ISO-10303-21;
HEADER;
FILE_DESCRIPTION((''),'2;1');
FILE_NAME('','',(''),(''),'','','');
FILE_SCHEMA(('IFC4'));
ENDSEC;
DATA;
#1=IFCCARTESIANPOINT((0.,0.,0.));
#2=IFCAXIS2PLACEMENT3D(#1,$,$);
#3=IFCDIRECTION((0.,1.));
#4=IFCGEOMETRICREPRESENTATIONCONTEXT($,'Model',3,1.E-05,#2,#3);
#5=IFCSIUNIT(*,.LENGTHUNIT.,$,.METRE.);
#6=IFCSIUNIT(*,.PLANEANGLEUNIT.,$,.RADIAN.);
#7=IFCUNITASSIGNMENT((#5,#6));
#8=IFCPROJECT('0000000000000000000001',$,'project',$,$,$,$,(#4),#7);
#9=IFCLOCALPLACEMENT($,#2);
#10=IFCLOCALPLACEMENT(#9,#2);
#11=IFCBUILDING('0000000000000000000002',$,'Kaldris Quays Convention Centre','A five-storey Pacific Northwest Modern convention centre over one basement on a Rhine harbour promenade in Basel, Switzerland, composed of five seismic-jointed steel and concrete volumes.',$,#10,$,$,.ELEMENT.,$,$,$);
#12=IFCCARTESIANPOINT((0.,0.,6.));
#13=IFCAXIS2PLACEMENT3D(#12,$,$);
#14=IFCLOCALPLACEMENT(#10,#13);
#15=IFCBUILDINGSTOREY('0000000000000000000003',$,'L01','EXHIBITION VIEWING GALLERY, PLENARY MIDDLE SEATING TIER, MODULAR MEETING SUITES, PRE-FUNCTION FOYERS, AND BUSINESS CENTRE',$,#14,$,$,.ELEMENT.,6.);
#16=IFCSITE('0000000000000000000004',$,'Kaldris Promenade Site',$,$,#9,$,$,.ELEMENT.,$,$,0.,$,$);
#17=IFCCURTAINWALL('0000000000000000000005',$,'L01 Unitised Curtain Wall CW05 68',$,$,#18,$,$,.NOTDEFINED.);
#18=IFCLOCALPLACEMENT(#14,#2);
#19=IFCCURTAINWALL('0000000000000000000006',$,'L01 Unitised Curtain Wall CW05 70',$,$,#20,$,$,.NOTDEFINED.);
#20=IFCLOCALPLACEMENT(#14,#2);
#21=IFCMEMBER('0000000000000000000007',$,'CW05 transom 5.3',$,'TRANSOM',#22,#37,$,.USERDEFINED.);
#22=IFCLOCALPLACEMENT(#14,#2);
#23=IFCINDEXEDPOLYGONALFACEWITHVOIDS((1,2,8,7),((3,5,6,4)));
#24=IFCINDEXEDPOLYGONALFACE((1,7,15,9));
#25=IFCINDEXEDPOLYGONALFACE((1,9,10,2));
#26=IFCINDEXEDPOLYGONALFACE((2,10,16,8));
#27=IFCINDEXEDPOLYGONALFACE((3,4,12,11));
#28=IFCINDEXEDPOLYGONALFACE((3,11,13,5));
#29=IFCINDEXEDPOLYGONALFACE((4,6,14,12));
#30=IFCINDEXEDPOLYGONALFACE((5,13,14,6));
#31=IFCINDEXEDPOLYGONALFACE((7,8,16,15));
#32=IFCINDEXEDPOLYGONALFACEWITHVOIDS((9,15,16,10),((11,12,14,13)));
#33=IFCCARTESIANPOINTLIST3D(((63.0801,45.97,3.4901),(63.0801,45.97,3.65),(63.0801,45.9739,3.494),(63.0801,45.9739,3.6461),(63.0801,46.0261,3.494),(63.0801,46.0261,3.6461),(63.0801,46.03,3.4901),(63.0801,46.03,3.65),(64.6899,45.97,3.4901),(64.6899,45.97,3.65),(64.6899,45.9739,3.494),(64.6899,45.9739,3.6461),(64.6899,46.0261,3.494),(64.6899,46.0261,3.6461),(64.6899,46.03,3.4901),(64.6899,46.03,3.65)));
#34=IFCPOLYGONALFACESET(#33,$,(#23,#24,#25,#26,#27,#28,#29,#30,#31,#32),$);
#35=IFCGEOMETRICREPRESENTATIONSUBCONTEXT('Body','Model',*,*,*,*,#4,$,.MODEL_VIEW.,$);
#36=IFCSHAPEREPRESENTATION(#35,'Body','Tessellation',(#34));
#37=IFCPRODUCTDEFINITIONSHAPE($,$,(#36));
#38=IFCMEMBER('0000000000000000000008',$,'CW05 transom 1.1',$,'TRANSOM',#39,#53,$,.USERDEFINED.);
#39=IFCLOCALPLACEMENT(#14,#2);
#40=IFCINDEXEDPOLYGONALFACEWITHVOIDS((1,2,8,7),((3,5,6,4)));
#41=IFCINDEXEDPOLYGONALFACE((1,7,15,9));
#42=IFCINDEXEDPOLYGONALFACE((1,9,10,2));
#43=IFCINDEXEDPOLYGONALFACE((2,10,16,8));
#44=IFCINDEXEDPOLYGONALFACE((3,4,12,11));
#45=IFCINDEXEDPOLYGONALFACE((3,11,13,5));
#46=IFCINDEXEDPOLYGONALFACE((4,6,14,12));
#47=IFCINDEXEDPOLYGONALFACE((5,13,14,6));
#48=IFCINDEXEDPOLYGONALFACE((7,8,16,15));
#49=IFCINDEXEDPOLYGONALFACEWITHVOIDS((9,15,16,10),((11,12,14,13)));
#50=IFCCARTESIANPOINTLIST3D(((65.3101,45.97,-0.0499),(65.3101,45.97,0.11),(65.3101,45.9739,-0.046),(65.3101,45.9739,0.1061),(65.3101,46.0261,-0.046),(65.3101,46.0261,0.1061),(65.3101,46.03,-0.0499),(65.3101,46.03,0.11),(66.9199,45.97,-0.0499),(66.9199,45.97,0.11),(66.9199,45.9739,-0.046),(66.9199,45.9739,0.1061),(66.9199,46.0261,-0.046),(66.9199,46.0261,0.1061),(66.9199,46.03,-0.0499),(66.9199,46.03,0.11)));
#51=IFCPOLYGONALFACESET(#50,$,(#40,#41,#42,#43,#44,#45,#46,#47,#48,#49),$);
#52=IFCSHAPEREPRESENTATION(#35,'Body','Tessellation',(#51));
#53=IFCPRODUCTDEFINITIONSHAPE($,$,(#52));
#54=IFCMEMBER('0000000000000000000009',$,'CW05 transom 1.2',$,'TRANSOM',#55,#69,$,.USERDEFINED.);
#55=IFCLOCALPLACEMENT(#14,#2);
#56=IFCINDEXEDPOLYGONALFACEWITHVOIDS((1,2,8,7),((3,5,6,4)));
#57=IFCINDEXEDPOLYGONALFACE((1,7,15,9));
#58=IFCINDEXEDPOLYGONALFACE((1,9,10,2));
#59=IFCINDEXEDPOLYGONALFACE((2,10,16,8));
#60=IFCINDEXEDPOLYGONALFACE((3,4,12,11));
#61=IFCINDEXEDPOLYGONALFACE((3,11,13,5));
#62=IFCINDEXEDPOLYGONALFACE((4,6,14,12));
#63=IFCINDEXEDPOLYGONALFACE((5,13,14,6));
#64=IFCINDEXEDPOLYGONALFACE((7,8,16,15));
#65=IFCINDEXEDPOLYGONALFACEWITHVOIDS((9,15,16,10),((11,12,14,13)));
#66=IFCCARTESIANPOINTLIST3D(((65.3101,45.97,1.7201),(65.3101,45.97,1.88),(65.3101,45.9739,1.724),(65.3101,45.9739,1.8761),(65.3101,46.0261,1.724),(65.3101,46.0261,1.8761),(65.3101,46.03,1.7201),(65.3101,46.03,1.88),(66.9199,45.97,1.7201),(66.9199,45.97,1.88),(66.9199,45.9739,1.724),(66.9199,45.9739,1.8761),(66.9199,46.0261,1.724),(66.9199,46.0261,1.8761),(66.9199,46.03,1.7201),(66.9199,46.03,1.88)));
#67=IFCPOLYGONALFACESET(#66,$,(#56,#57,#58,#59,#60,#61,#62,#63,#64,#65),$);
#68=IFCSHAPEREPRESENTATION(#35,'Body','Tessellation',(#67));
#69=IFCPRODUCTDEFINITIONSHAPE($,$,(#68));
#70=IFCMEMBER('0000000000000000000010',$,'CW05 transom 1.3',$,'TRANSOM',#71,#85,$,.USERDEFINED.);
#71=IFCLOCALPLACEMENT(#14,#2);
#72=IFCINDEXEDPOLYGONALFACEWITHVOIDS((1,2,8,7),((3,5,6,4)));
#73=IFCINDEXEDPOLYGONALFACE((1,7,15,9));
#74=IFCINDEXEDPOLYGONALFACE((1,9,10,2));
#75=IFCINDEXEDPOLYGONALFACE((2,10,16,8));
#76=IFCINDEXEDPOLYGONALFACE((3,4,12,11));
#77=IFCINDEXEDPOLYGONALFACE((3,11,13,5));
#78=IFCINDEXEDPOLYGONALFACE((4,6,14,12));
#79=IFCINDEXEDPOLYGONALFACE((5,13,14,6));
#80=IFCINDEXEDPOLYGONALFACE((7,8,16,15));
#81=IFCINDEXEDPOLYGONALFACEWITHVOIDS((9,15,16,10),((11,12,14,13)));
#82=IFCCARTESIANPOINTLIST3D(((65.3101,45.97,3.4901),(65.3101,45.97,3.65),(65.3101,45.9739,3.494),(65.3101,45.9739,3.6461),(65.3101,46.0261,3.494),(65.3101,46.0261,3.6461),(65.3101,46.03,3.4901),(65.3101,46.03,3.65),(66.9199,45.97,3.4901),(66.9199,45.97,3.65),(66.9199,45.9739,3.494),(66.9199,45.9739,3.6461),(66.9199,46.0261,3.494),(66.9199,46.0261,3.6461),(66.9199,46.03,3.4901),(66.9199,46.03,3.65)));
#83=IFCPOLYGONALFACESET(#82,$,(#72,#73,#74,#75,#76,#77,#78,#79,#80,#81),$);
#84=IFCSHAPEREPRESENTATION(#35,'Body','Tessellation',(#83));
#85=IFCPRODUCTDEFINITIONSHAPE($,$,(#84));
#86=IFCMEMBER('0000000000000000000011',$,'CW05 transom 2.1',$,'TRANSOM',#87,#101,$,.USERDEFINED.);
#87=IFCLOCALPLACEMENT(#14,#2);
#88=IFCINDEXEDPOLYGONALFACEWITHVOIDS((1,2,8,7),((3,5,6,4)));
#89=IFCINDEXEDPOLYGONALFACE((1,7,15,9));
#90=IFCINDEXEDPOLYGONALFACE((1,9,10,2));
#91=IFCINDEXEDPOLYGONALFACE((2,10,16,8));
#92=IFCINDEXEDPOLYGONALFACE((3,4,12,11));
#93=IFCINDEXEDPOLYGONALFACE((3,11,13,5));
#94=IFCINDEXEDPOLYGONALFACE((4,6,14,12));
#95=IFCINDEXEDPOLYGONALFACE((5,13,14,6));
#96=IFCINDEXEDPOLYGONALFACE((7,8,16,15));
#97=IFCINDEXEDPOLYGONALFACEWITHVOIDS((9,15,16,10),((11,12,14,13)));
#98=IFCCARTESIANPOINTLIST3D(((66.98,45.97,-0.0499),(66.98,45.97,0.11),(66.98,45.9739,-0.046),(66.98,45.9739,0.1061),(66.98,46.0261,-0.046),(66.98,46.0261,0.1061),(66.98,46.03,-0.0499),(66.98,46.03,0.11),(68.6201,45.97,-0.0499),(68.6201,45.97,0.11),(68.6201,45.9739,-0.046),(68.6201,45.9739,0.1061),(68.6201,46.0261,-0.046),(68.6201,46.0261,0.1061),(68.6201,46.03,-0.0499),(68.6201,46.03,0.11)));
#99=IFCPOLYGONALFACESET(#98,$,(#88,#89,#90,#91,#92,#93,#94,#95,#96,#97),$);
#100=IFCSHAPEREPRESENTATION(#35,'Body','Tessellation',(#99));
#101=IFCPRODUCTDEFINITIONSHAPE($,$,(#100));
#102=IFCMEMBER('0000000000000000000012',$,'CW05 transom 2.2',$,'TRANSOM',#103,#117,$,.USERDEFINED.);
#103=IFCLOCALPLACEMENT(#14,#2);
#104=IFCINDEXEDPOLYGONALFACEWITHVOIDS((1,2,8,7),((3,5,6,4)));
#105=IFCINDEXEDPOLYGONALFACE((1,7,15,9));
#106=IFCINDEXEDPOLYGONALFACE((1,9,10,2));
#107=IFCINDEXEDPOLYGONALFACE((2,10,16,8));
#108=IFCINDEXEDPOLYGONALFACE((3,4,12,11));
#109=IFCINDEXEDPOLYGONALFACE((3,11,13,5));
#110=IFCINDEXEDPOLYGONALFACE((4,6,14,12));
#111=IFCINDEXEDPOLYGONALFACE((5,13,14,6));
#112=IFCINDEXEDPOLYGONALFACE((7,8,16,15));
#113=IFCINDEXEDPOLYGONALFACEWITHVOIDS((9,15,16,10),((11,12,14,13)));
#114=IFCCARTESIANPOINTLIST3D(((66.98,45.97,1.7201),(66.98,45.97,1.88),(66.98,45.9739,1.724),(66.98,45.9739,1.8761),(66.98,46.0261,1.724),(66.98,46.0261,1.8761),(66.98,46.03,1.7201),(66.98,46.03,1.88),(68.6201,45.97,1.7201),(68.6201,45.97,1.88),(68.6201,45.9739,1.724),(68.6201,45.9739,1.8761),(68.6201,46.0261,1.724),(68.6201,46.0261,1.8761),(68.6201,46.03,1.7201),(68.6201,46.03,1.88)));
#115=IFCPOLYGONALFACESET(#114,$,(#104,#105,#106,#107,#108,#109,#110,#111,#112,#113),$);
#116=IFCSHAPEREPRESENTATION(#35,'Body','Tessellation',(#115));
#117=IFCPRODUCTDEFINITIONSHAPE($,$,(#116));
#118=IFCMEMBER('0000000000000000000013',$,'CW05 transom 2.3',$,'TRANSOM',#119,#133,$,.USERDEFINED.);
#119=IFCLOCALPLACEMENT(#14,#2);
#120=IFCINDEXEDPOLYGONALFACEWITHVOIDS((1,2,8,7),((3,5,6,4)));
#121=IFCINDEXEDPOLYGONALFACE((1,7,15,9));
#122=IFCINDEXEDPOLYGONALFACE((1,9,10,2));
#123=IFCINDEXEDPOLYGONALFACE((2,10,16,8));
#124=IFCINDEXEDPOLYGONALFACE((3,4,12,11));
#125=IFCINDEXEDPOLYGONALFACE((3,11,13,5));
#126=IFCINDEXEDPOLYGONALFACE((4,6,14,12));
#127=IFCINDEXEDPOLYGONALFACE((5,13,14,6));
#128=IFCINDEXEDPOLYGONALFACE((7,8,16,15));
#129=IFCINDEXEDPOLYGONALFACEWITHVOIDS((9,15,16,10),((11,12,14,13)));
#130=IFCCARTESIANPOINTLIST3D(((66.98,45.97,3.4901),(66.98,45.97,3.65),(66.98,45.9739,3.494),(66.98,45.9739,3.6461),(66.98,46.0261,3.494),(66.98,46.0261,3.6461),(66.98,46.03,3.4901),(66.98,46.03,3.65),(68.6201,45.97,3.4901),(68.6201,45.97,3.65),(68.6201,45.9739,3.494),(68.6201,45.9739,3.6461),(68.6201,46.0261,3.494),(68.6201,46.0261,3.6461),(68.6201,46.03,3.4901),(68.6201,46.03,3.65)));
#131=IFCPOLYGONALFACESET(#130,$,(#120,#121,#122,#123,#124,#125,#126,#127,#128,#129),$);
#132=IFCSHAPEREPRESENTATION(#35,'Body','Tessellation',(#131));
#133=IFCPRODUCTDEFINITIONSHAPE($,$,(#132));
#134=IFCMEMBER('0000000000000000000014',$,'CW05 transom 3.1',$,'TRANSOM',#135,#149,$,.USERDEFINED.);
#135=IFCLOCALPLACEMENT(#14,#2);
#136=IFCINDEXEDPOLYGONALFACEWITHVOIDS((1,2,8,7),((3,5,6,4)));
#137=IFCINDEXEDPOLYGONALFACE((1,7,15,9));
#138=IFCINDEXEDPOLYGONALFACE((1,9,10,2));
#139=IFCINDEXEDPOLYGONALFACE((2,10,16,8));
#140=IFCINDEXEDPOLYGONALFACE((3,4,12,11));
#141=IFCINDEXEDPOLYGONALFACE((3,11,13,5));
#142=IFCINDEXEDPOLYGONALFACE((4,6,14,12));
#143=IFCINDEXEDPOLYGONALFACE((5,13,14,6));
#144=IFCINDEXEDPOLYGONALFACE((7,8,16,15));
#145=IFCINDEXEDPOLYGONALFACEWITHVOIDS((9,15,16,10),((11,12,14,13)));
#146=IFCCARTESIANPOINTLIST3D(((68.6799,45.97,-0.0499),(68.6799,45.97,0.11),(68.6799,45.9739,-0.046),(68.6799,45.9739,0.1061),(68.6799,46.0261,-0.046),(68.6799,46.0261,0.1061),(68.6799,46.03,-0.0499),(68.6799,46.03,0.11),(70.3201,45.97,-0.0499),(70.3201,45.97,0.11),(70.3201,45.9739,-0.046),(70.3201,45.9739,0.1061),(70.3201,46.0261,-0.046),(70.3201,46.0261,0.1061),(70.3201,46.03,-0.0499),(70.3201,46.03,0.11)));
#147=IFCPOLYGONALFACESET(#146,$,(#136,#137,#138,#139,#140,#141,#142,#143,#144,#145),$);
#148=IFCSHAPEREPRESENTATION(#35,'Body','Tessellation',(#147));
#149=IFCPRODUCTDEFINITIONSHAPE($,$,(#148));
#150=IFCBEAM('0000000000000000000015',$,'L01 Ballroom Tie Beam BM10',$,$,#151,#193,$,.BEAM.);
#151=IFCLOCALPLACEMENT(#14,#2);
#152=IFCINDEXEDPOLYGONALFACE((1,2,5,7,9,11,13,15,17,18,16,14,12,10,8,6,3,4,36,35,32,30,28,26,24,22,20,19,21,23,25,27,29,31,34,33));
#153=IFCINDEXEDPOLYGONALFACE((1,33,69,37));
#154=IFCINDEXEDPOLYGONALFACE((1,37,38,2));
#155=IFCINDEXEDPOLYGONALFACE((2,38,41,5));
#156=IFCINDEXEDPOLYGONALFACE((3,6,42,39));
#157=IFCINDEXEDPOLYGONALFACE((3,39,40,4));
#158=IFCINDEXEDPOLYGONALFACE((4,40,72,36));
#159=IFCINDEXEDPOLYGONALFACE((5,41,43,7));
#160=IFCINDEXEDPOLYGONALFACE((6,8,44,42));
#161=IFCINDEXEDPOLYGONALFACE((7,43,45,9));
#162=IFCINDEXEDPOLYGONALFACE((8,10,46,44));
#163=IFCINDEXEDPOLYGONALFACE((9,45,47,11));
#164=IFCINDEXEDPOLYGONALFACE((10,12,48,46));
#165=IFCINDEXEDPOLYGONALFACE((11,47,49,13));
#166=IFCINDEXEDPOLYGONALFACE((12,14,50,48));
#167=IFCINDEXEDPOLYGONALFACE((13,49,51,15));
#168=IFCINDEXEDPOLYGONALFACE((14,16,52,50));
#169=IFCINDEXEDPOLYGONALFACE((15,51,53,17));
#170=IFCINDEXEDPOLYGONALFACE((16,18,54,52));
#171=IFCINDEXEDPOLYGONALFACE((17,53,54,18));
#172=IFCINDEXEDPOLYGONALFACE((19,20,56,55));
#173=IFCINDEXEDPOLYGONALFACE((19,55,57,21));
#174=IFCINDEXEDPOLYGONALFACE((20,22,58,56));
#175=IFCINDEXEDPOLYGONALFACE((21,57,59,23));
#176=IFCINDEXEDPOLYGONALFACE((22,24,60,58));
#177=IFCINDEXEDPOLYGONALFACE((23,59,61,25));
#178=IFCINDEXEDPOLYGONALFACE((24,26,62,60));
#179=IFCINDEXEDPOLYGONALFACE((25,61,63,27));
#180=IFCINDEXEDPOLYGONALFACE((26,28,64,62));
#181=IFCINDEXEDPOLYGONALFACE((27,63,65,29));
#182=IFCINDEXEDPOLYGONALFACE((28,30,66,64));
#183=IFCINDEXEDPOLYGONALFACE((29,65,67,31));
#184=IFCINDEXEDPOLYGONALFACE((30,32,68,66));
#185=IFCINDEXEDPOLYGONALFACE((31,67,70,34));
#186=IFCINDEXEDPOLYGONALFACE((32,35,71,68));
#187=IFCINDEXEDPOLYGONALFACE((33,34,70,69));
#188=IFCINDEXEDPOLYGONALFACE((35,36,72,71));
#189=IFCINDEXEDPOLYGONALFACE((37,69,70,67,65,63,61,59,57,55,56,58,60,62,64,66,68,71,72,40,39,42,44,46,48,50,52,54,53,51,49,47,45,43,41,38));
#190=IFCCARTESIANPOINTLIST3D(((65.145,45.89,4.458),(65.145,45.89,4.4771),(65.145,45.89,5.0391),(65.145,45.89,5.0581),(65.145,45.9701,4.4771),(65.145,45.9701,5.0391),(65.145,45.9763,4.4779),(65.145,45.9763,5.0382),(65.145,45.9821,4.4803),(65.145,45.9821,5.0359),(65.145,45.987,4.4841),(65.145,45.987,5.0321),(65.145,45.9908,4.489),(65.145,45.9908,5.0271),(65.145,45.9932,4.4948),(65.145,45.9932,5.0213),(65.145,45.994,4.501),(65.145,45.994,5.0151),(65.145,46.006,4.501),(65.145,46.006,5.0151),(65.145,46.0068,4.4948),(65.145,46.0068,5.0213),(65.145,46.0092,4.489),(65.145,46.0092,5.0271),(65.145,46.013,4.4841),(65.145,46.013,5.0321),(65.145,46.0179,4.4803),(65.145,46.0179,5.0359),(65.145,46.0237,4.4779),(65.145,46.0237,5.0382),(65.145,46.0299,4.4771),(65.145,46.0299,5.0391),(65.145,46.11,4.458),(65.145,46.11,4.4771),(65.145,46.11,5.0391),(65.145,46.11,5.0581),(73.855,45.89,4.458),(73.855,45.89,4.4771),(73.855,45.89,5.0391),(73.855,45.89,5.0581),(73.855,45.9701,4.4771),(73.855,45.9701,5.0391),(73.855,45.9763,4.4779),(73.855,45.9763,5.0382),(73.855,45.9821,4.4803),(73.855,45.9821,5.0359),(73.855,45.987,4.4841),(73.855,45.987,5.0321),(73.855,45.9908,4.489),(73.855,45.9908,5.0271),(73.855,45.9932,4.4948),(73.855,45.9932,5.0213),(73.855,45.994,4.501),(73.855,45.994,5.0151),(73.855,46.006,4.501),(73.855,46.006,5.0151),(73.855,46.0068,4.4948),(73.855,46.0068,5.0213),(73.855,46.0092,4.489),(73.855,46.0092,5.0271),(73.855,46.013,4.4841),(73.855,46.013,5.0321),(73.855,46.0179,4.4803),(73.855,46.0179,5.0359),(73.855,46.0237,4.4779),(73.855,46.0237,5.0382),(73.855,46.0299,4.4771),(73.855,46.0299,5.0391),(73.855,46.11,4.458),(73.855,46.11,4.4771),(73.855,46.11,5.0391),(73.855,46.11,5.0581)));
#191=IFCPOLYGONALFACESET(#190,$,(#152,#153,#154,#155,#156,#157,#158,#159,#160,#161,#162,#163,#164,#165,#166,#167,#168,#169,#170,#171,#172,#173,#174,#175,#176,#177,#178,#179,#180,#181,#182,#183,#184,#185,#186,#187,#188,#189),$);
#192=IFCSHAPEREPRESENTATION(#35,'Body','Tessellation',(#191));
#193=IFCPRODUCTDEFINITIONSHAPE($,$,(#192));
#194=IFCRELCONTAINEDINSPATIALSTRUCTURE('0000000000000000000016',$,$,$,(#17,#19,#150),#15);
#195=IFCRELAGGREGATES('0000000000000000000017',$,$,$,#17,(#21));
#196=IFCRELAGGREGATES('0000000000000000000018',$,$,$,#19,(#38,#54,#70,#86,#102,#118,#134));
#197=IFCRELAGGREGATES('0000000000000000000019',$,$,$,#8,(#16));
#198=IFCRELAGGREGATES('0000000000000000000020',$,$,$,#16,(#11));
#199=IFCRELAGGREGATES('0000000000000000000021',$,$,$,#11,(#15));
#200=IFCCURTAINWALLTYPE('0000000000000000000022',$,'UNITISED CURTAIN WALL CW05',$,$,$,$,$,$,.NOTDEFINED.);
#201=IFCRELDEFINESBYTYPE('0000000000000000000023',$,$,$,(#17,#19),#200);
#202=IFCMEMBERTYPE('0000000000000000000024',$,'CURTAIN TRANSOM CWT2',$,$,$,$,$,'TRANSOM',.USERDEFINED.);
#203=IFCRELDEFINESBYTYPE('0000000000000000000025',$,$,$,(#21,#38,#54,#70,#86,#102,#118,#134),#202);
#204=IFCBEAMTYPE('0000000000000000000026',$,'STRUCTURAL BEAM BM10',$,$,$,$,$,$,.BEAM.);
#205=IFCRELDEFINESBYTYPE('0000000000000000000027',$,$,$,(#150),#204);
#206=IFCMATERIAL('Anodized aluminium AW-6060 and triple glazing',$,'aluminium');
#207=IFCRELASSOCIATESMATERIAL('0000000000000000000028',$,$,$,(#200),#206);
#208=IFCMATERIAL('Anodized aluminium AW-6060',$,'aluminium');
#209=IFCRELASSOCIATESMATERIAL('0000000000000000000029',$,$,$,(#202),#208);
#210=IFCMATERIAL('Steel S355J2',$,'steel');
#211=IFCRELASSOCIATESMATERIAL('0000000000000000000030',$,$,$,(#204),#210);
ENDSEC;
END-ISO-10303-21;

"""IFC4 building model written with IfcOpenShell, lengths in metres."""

from ifc_helpers import new_model, si_unit, direction, frame, origin, origin_2d, place, context, subcontext, project, spatial, hollow_rectangle, i_section, extrude, material, material_profile, profile_set, type_object, element, aggregate, save


model = new_model("IFC4")

# Units and contexts
model_context = context("Model", 3, precision=1e-05, world=origin(), true_north=direction((0.0, 1.0)))
body_context = subcontext(model_context, "Body", "Model", "MODEL_VIEW")
ifc_project = project(units=[si_unit("LENGTHUNIT", "METRE"), si_unit("PLANEANGLEUNIT", "RADIAN")], contexts=[model_context])

# Site, building, storey
site_placement = place(None, origin())
site = spatial("IfcSite", under=ifc_project, at=site_placement, Name="Kaldris Promenade Site", CompositionType="ELEMENT", RefElevation=0.0)
building_placement = place(site_placement, origin())
building = spatial("IfcBuilding", under=site, at=building_placement, Name="Kaldris Quays Convention Centre", Description="A five-storey Pacific Northwest Modern convention centre over one basement on a Rhine harbour promenade in Basel, Switzerland, composed of five seismic-jointed steel and concrete volumes.", CompositionType="ELEMENT")
storey_placement = place(building_placement, frame((0.0, 0.0, 6.0)))
storey = spatial("IfcBuildingStorey", under=building, at=storey_placement, Name="L01", Description="EXHIBITION VIEWING GALLERY, PLENARY MIDDLE SEATING TIER, MODULAR MEETING SUITES, PRE-FUNCTION FOYERS, AND BUSINESS CENTRE", CompositionType="ELEMENT", Elevation=6.0)

# Curtain walls
ifc_material_1 = material(Name="Anodized aluminium AW-6060 and triple glazing", Category="aluminium")
curtain_wall_type = type_object("IfcCurtainWallType", Name="UNITISED CURTAIN WALL CW05", PredefinedType="NOTDEFINED", material=ifc_material_1)
curtain_wall_1_placement = place(storey_placement, origin())
curtain_wall_1 = element("IfcCurtainWall", 1, at=curtain_wall_1_placement, inside=storey, type_object=curtain_wall_type, Name="L01 Unitised Curtain Wall CW05 68", PredefinedType="NOTDEFINED")
ifc_material_2 = material(Name="Anodized aluminium AW-6060", Category="aluminium")
curtain_wall_2_placement = place(storey_placement, origin())
curtain_wall_2 = element("IfcCurtainWall", 2, at=curtain_wall_2_placement, inside=storey, type_object=curtain_wall_type, Name="L01 Unitised Curtain Wall CW05 70", PredefinedType="NOTDEFINED")

# Members
ifc_material_profile_1 = material_profile(ifc_material_2, hollow_rectangle(XDim=0.0601, YDim=0.1599, WallThickness=0.0039, at=origin_2d()), Name="RHS 160x60x4")
ifc_profile_set_1 = profile_set([ifc_material_profile_1], Name="Anodized aluminium AW-6060")
member_type_1 = type_object("IfcMemberType", Name="CURTAIN TRANSOM CWT2", ElementType="TRANSOM", PredefinedType="USERDEFINED", material=ifc_profile_set_1)
member_1_placement = place(storey_placement, frame((63.0801, 46.0, 3.5701), z_axis=(1.0, 0.0, 0.0), x_axis=(0.0, 1.0, 0.0)))
member_1 = element("IfcMember", 3, at=member_1_placement, type_object=member_type_1, Name="CW05 transom 5.3", ObjectType="TRANSOM", PredefinedType="USERDEFINED", context=body_context, shape_type="SweptSolid", body=[
    extrude(hollow_rectangle(XDim=0.0601, YDim=0.1599, WallThickness=0.0039, at=origin_2d()), origin(), (0.0, 0.0, 1.0), 1.6099),
])
member_2_placement = place(storey_placement, frame((65.3101, 46.0, 0.03), z_axis=(1.0, 0.0, 0.0), x_axis=(0.0, 1.0, 0.0)))
member_2 = element("IfcMember", 4, at=member_2_placement, type_object=member_type_1, Name="CW05 transom 1.1", ObjectType="TRANSOM", PredefinedType="USERDEFINED", context=body_context, shape_type="SweptSolid", body=[
    extrude(hollow_rectangle(XDim=0.0601, YDim=0.1599, WallThickness=0.0039, at=origin_2d()), origin(), (0.0, 0.0, 1.0), 1.6099),
])
member_3_placement = place(storey_placement, frame((65.3101, 46.0, 1.8), z_axis=(1.0, 0.0, 0.0), x_axis=(0.0, 1.0, 0.0)))
member_3 = element("IfcMember", 5, at=member_3_placement, type_object=member_type_1, Name="CW05 transom 1.2", ObjectType="TRANSOM", PredefinedType="USERDEFINED", context=body_context, shape_type="SweptSolid", body=[
    extrude(hollow_rectangle(XDim=0.0601, YDim=0.1599, WallThickness=0.0039, at=origin_2d()), origin(), (0.0, 0.0, 1.0), 1.6099),
])
member_4_placement = place(storey_placement, frame((65.3101, 46.0, 3.5701), z_axis=(1.0, 0.0, 0.0), x_axis=(0.0, 1.0, 0.0)))
member_4 = element("IfcMember", 6, at=member_4_placement, type_object=member_type_1, Name="CW05 transom 1.3", ObjectType="TRANSOM", PredefinedType="USERDEFINED", context=body_context, shape_type="SweptSolid", body=[
    extrude(hollow_rectangle(XDim=0.0601, YDim=0.1599, WallThickness=0.0039, at=origin_2d()), origin(), (0.0, 0.0, 1.0), 1.6099),
])
member_5_placement = place(storey_placement, frame((66.98, 46.0, 0.03), z_axis=(1.0, 0.0, 0.0), x_axis=(0.0, 1.0, 0.0)))
member_5 = element("IfcMember", 7, at=member_5_placement, type_object=member_type_1, Name="CW05 transom 2.1", ObjectType="TRANSOM", PredefinedType="USERDEFINED", context=body_context, shape_type="SweptSolid", body=[
    extrude(hollow_rectangle(XDim=0.0601, YDim=0.1599, WallThickness=0.0039, at=origin_2d()), origin(), (0.0, 0.0, 1.0), 1.6401),
])
member_6_placement = place(storey_placement, frame((66.98, 46.0, 1.8), z_axis=(1.0, 0.0, 0.0), x_axis=(0.0, 1.0, 0.0)))
member_6 = element("IfcMember", 8, at=member_6_placement, type_object=member_type_1, Name="CW05 transom 2.2", ObjectType="TRANSOM", PredefinedType="USERDEFINED", context=body_context, shape_type="SweptSolid", body=[
    extrude(hollow_rectangle(XDim=0.0601, YDim=0.1599, WallThickness=0.0039, at=origin_2d()), origin(), (0.0, 0.0, 1.0), 1.6401),
])
member_7_placement = place(storey_placement, frame((66.98, 46.0, 3.5701), z_axis=(1.0, 0.0, 0.0), x_axis=(0.0, 1.0, 0.0)))
member_7 = element("IfcMember", 9, at=member_7_placement, type_object=member_type_1, Name="CW05 transom 2.3", ObjectType="TRANSOM", PredefinedType="USERDEFINED", context=body_context, shape_type="SweptSolid", body=[
    extrude(hollow_rectangle(XDim=0.0601, YDim=0.1599, WallThickness=0.0039, at=origin_2d()), origin(), (0.0, 0.0, 1.0), 1.6401),
])
member_8_placement = place(storey_placement, frame((68.6799, 46.0, 0.03), z_axis=(1.0, 0.0, 0.0), x_axis=(0.0, 1.0, 0.0)))
member_8 = element("IfcMember", 10, at=member_8_placement, type_object=member_type_1, Name="CW05 transom 3.1", ObjectType="TRANSOM", PredefinedType="USERDEFINED", context=body_context, shape_type="SweptSolid", body=[
    extrude(hollow_rectangle(XDim=0.0601, YDim=0.1599, WallThickness=0.0039, at=origin_2d()), origin(), (0.0, 0.0, 1.0), 1.6401),
])

# Beam
ifc_material_3 = material(Name="Steel S355J2", Category="steel")
ifc_material_profile_2 = material_profile(ifc_material_3, i_section(OverallWidth=0.22, OverallDepth=0.6001, WebThickness=0.012, FlangeThickness=0.019, FilletRadius=0.0239, at=origin_2d()), Name="IPE 600")
ifc_profile_set_2 = profile_set([ifc_material_profile_2], Name="Steel S355J2")
beam_type = type_object("IfcBeamType", Name="STRUCTURAL BEAM BM10", PredefinedType="BEAM", material=ifc_profile_set_2)
beam_placement = place(storey_placement, frame((65.145, 46.0, 4.7581), z_axis=(1.0, 0.0, 0.0), x_axis=(0.0, 1.0, 0.0)))
element("IfcBeam", 11, at=beam_placement, inside=storey, type_object=beam_type, Name="L01 Ballroom Tie Beam BM10", PredefinedType="BEAM", context=body_context, shape_type="SweptSolid", body=[
    extrude(i_section(OverallWidth=0.22, OverallDepth=0.6001, WebThickness=0.012, FlangeThickness=0.019, FilletRadius=0.0239, at=origin_2d()), origin(), (0.0, 0.0, 1.0), 8.71),
])

aggregate(curtain_wall_1, [member_1])
aggregate(curtain_wall_2, [member_2, member_3, member_4, member_5, member_6, member_7, member_8])

save(model, "model.ifc")
